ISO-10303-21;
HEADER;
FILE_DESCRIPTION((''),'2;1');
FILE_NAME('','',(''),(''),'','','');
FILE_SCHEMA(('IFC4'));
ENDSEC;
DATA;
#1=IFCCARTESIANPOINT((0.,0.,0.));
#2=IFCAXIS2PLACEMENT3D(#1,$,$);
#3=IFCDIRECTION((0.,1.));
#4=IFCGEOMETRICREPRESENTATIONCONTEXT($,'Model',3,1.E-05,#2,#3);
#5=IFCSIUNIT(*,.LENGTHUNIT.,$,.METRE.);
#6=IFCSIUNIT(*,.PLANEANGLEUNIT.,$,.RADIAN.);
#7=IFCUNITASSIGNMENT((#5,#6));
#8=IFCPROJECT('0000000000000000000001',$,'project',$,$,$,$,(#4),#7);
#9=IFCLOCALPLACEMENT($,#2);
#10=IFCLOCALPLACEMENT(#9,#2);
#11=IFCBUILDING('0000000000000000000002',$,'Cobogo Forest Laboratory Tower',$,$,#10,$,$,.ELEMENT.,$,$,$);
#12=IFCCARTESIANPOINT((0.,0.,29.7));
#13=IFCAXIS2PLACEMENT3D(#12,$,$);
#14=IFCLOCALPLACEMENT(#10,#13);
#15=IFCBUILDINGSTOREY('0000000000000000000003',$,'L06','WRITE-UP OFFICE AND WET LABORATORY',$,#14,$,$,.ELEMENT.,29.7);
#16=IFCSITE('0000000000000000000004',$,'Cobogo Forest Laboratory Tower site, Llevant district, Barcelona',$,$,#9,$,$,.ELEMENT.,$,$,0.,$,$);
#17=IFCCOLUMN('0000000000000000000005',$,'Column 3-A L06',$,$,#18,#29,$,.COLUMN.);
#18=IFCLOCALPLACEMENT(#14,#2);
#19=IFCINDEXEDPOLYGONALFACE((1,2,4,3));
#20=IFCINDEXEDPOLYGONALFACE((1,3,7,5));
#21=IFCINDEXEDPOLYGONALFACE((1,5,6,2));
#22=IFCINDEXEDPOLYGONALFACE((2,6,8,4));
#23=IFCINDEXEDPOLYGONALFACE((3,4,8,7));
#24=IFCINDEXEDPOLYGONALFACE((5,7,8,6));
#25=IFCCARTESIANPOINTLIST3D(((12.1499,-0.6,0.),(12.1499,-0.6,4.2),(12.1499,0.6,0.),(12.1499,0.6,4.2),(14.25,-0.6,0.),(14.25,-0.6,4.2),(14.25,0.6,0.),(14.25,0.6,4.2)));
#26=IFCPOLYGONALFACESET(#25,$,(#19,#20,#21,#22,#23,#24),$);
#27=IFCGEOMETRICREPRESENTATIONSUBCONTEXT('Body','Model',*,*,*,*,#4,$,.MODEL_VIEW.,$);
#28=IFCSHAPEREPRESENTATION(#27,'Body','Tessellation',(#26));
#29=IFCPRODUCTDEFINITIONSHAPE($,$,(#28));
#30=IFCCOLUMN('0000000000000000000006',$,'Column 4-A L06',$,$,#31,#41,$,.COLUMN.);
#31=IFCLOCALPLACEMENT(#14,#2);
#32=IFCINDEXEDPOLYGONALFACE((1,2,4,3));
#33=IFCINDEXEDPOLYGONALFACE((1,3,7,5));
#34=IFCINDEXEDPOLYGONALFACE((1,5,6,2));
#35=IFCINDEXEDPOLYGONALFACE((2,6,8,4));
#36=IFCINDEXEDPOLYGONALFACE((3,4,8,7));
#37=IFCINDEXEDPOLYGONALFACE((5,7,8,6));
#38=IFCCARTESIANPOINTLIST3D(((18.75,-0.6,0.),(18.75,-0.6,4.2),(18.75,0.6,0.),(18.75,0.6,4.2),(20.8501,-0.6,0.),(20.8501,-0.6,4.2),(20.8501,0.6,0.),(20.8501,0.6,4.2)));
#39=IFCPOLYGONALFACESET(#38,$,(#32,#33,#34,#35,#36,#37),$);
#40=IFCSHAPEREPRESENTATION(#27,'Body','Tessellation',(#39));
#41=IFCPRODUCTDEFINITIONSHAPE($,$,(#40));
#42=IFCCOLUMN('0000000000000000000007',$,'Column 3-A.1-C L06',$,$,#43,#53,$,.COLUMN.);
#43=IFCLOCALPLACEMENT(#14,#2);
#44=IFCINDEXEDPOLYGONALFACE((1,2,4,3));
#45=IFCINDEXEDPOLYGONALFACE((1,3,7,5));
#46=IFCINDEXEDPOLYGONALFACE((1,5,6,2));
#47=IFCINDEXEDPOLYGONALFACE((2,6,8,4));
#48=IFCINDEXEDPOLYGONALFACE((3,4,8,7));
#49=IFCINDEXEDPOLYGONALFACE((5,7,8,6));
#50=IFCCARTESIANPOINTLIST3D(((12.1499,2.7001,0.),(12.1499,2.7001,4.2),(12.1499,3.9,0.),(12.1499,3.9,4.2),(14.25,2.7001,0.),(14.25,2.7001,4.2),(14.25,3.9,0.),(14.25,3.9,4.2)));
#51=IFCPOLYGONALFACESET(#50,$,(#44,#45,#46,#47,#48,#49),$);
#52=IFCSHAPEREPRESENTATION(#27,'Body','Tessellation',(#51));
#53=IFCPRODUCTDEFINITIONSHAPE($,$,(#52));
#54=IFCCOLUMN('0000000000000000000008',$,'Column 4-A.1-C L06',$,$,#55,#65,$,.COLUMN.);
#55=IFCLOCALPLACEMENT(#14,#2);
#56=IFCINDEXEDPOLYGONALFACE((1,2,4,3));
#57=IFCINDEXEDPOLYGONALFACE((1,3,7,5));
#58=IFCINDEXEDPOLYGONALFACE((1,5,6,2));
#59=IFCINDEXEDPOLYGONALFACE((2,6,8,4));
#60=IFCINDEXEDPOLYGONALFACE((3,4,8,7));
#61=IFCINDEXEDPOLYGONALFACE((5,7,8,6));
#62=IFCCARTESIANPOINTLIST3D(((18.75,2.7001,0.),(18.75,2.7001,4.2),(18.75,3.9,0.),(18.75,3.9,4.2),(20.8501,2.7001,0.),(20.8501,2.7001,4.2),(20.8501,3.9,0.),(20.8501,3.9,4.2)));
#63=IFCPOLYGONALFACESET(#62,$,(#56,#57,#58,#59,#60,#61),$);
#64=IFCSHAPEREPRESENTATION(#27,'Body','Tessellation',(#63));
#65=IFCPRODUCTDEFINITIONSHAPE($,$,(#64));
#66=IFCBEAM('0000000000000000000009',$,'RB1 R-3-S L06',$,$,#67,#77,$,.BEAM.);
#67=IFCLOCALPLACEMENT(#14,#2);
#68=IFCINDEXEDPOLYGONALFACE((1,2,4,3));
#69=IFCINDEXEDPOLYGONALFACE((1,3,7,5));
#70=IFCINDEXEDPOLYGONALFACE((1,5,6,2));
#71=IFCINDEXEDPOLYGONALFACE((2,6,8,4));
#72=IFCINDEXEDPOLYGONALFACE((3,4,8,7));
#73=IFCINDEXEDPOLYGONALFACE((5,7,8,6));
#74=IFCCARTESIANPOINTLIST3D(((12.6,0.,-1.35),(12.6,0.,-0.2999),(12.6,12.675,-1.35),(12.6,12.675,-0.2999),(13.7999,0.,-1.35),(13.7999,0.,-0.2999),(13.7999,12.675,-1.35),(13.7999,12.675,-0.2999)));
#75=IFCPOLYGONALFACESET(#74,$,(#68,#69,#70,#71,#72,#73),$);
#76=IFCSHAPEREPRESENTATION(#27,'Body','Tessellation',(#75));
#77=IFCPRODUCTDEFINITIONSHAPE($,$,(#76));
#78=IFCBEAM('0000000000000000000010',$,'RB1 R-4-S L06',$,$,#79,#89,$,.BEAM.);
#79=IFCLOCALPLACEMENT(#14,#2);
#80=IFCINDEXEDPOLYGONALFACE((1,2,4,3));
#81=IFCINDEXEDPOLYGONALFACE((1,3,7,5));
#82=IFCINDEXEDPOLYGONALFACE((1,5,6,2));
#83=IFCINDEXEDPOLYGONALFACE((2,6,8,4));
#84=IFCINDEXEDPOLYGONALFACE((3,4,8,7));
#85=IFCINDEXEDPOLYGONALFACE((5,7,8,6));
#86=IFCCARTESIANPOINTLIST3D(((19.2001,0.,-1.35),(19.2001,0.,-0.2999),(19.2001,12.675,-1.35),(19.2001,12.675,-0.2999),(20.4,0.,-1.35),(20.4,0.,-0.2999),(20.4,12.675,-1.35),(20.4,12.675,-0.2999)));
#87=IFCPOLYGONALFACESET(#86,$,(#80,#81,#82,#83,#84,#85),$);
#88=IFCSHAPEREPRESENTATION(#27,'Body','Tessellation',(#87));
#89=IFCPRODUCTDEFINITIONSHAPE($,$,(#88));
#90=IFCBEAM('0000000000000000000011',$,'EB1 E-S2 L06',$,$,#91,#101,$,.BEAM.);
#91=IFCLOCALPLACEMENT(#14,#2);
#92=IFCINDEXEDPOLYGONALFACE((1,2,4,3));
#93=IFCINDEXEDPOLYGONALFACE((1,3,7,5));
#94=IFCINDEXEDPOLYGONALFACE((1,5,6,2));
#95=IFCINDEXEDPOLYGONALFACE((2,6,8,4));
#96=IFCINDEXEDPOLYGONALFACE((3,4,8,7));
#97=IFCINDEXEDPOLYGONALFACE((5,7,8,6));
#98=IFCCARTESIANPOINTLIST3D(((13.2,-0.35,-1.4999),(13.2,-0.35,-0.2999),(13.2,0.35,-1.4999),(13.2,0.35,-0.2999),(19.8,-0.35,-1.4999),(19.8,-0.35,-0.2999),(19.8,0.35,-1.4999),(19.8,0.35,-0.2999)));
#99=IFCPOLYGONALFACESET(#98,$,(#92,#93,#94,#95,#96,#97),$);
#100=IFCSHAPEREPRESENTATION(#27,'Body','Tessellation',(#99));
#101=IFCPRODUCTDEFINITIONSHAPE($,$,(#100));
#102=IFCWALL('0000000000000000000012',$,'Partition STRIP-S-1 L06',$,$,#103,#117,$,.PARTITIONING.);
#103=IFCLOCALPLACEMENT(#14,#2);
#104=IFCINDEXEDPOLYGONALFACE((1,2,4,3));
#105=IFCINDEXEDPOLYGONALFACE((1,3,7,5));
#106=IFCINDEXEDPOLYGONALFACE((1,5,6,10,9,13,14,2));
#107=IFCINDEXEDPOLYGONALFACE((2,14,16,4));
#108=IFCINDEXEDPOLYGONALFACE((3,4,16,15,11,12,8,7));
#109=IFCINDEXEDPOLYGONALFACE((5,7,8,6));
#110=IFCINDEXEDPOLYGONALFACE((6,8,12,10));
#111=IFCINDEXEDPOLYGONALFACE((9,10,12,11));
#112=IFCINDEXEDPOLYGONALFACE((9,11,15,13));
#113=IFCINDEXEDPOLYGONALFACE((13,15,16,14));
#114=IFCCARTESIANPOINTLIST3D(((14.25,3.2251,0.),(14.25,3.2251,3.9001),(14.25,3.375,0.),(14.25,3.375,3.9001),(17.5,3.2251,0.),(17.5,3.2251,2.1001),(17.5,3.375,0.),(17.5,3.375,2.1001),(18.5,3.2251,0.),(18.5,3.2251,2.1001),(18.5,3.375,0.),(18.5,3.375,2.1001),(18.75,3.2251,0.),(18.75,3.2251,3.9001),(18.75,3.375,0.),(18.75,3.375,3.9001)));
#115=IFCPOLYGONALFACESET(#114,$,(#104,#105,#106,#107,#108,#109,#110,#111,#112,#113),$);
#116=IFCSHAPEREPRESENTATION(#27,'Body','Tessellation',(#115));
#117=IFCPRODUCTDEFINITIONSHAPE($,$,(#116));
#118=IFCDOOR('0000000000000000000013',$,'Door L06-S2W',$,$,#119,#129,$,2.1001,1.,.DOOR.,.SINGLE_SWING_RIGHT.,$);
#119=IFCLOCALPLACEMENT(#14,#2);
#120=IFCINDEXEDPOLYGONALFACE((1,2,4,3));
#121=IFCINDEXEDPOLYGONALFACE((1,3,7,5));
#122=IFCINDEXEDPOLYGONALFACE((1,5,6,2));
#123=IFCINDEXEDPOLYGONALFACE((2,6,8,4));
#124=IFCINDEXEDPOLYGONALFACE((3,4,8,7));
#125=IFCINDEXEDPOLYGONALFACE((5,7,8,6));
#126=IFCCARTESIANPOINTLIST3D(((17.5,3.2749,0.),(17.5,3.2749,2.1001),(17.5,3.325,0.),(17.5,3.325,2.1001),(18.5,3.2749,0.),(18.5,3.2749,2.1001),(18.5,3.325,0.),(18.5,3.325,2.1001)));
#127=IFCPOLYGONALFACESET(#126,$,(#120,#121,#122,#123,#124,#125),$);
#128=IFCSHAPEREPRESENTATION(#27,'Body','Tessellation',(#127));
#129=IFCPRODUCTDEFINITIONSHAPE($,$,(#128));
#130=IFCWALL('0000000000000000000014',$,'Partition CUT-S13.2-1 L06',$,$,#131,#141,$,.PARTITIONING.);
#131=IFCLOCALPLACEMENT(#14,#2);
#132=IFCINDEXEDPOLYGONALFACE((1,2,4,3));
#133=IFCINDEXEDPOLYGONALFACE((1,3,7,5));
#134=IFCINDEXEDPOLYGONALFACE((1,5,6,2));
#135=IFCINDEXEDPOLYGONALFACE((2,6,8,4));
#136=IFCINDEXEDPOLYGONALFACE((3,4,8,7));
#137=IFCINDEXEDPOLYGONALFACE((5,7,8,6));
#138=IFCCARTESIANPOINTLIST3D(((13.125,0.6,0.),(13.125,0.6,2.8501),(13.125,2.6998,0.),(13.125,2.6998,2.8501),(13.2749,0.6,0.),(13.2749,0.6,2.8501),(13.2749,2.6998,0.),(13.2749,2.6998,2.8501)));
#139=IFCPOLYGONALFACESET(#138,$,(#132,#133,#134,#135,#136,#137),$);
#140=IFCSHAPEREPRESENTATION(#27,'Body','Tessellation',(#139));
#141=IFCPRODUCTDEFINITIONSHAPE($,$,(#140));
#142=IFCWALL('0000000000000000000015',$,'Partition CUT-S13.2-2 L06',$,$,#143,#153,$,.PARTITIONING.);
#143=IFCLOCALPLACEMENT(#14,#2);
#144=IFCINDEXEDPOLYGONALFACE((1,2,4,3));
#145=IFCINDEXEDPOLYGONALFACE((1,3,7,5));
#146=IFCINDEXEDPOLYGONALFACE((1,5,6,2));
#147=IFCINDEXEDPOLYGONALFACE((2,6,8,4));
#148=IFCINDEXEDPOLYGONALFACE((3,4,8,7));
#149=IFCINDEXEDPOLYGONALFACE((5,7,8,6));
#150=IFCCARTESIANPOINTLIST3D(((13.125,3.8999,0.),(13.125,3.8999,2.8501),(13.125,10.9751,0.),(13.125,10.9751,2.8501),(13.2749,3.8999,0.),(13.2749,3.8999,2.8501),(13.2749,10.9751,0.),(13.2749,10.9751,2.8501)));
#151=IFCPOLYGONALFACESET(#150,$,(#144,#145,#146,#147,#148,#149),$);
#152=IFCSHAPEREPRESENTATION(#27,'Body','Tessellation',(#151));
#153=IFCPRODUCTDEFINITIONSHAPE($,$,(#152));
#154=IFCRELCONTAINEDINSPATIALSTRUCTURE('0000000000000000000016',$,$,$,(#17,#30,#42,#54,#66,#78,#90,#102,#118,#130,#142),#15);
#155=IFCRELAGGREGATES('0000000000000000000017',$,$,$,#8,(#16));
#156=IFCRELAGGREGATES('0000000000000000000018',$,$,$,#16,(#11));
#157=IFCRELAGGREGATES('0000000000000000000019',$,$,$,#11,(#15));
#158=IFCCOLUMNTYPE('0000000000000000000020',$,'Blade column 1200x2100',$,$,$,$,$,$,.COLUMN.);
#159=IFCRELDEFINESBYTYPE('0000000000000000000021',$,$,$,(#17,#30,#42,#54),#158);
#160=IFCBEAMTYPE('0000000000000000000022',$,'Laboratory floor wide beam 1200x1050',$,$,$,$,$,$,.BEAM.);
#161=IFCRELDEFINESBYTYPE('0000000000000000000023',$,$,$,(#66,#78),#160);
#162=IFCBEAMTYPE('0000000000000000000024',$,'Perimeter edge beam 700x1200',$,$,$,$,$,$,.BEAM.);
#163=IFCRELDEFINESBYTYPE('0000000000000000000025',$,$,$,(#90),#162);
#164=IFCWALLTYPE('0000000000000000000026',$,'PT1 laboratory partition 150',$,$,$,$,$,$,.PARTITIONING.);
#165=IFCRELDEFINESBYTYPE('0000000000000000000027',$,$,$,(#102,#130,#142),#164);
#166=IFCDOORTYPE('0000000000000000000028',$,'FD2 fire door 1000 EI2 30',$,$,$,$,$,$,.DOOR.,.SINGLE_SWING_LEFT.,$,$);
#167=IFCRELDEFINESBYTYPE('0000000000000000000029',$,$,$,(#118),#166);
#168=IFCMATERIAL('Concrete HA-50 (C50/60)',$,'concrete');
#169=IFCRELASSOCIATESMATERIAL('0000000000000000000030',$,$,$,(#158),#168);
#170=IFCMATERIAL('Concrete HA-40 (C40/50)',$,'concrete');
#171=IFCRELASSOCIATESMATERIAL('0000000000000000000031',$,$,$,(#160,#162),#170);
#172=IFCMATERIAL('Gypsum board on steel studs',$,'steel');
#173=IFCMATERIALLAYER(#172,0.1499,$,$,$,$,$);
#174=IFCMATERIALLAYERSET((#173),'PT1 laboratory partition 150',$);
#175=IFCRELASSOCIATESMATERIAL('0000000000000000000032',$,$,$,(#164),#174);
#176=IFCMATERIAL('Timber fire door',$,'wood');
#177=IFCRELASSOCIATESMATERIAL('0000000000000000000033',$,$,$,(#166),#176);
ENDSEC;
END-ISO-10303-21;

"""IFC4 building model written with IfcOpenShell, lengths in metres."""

from ifc_helpers import new_model, si_unit, direction, frame, frame_2d, origin, origin_2d, place, context, subcontext, project, spatial, rectangle, extrude, material, layer, layer_set, material_profile, profile_set, type_object, element, fill, save


model = new_model("IFC4")

# Units and contexts
model_context = context("Model", 3, precision=1e-05, world=origin(), true_north=direction((0.0, 1.0)))
body_context = subcontext(model_context, "Body", "Model", "MODEL_VIEW")
ifc_project = project(units=[si_unit("LENGTHUNIT", "METRE"), si_unit("PLANEANGLEUNIT", "RADIAN")], contexts=[model_context])

# Site, building, storey
site_placement = place(None, origin())
site = spatial("IfcSite", under=ifc_project, at=site_placement, Name="Cobogo Forest Laboratory Tower site, Llevant district, Barcelona", CompositionType="ELEMENT", RefElevation=0.0)
building_placement = place(site_placement, origin())
building = spatial("IfcBuilding", under=site, at=building_placement, Name="Cobogo Forest Laboratory Tower", CompositionType="ELEMENT")
storey_placement = place(building_placement, frame((0.0, 0.0, 29.7)))
storey = spatial("IfcBuildingStorey", under=building, at=storey_placement, Name="L06", Description="WRITE-UP OFFICE AND WET LABORATORY", CompositionType="ELEMENT", Elevation=29.7)

# Columns
ifc_material_1 = material(Name="Concrete HA-50 (C50/60)", Category="concrete")
ifc_material_profile_1 = material_profile(ifc_material_1, rectangle(XDim=2.1001, YDim=1.2, at=origin_2d()), Name="RC 1200x2100")
ifc_profile_set_1 = profile_set([ifc_material_profile_1], Name="Concrete HA-50 (C50/60)")
column_type = type_object("IfcColumnType", Name="Blade column 1200x2100", PredefinedType="COLUMN", material=ifc_profile_set_1)
for number, where, z_axis, x_axis, name in (
    (1, (13.2, 0.0, 0.0), (0.0, 0.0, 1.0), (1.0, 0.0, 0.0), "Column 3-A L06"),
    (2, (19.8, 0.0, 0.0), (0.0, 0.0, 1.0), (1.0, 0.0, 0.0), "Column 4-A L06"),
    (3, (13.2, 3.3, 0.0), (0.0, 0.0, 1.0), (1.0, 0.0, 0.0), "Column 3-A.1-C L06"),
    (4, (19.8, 3.3, 0.0), (0.0, 0.0, 1.0), (1.0, 0.0, 0.0), "Column 4-A.1-C L06"),
):
    element("IfcColumn", number, at=place(storey_placement, frame(where, z_axis=z_axis, x_axis=x_axis)), inside=storey, type_object=column_type, Name=name, PredefinedType="COLUMN", context=body_context, shape_type="SweptSolid", body=[
        extrude(rectangle(XDim=2.1001, YDim=1.2, at=origin_2d()), origin(), (0.0, 0.0, 1.0), 4.2),
    ])

# Beams
ifc_material_2 = material(Name="Concrete HA-40 (C40/50)", Category="concrete")
ifc_material_profile_2 = material_profile(ifc_material_2, rectangle(XDim=1.2, YDim=1.05, at=origin_2d()), Name="RC 1200x1050")
ifc_profile_set_2 = profile_set([ifc_material_profile_2], Name="Concrete HA-40 (C40/50)")
beam_type_1 = type_object("IfcBeamType", Name="Laboratory floor wide beam 1200x1050", PredefinedType="BEAM", material=ifc_profile_set_2)
for number, where, z_axis, x_axis, name in (
    (5, (13.2, 12.675, -0.825), (0.0, -1.0, 0.0), (1.0, 0.0, 0.0), "RB1 R-3-S L06"),
    (6, (19.8, 12.675, -0.825), (0.0, -1.0, 0.0), (1.0, 0.0, 0.0), "RB1 R-4-S L06"),
):
    element("IfcBeam", number, at=place(storey_placement, frame(where, z_axis=z_axis, x_axis=x_axis)), inside=storey, type_object=beam_type_1, Name=name, PredefinedType="BEAM", context=body_context, shape_type="SweptSolid", body=[
        extrude(rectangle(XDim=1.2, YDim=1.05, at=origin_2d()), origin(), (0.0, 0.0, 1.0), 12.675),
    ])
ifc_material_profile_3 = material_profile(ifc_material_2, rectangle(XDim=0.7, YDim=1.2, at=origin_2d()), Name="RC 700x1200")
ifc_profile_set_3 = profile_set([ifc_material_profile_3], Name="Concrete HA-40 (C40/50)")
beam_type_2 = type_object("IfcBeamType", Name="Perimeter edge beam 700x1200", PredefinedType="BEAM", material=ifc_profile_set_3)
beam_placement = place(storey_placement, frame((13.2, 0.0, -0.8999), z_axis=(1.0, 0.0, 0.0), x_axis=(0.0, 1.0, 0.0)))
element("IfcBeam", 7, at=beam_placement, inside=storey, type_object=beam_type_2, Name="EB1 E-S2 L06", PredefinedType="BEAM", context=body_context, shape_type="SweptSolid", body=[
    extrude(rectangle(XDim=0.7, YDim=1.2, at=origin_2d()), origin(), (0.0, 0.0, 1.0), 6.6001),
])

# Wall, opening, door
ifc_material_3 = material(Name="Gypsum board on steel studs", Category="steel")
ifc_layer = layer(ifc_material_3, 0.1499)
ifc_layer_set = layer_set([ifc_layer], Name="PT1 laboratory partition 150")
wall_type = type_object("IfcWallType", Name="PT1 laboratory partition 150", PredefinedType="PARTITIONING", material=ifc_layer_set)
wall_1_placement = place(storey_placement, frame((14.25, 3.3, 0.0), z_axis=(0.0, 0.0, 1.0), x_axis=(1.0, 0.0, 0.0)))
wall_1 = element("IfcWall", 8, at=wall_1_placement, inside=storey, type_object=wall_type, Name="Partition STRIP-S-1 L06", PredefinedType="PARTITIONING", context=body_context, shape_type="SweptSolid", body=[
    extrude(rectangle(XDim=4.5, YDim=0.1499, at=frame_2d((2.25, 0.0))), origin(), (0.0, 0.0, 1.0), 3.9001),
])
opening_placement = place(wall_1_placement, frame((3.25, 0.0, 0.0)))
opening = element("IfcOpeningElement", 9, at=opening_placement, cuts=wall_1, PredefinedType="OPENING", context=body_context, shape_type="SweptSolid", body=[
    extrude(rectangle(XDim=1.0, YDim=2.1001, at=frame_2d((0.5, 1.05))), frame((0.0, 0.085, 0.0), z_axis=(0.0, -1.0, 0.0), x_axis=(1.0, 0.0, 0.0)), (0.0, 0.0, 1.0), 0.1699),
])
ifc_material_4 = material(Name="Timber fire door", Category="wood")
door_type = type_object("IfcDoorType", Name="FD2 fire door 1000 EI2 30", OperationType="SINGLE_SWING_LEFT", PredefinedType="DOOR", material=ifc_material_4)
door_placement = place(opening_placement, origin())
door = element("IfcDoor", 10, at=door_placement, inside=storey, type_object=door_type, Name="Door L06-S2W", OperationType="SINGLE_SWING_RIGHT", OverallHeight=2.1001, OverallWidth=1.0, PredefinedType="DOOR", context=body_context, shape_type="SweptSolid", body=[
    extrude(rectangle(XDim=1.0, YDim=2.1001, at=frame_2d((0.5, 1.05))), frame((0.0, 0.0249, 0.0), z_axis=(0.0, -1.0, 0.0), x_axis=(1.0, 0.0, 0.0)), (0.0, 0.0, 1.0), 0.05),
])
fill(opening, door)

# Walls
wall_2_placement = place(storey_placement, frame((13.2, 0.6001, 0.0), z_axis=(0.0, 0.0, 1.0), x_axis=(0.0, 1.0, 0.0)))
element("IfcWall", 11, at=wall_2_placement, inside=storey, type_object=wall_type, Name="Partition CUT-S13.2-1 L06", PredefinedType="PARTITIONING", context=body_context, shape_type="SweptSolid", body=[
    extrude(rectangle(XDim=2.0999, YDim=0.1499, at=frame_2d((1.0498, 0.0))), origin(), (0.0, 0.0, 1.0), 2.8501),
])
wall_3_placement = place(storey_placement, frame((13.2, 3.8999, 0.0), z_axis=(0.0, 0.0, 1.0), x_axis=(0.0, 1.0, 0.0)))
element("IfcWall", 12, at=wall_3_placement, inside=storey, type_object=wall_type, Name="Partition CUT-S13.2-2 L06", PredefinedType="PARTITIONING", context=body_context, shape_type="SweptSolid", body=[
    extrude(rectangle(XDim=7.0752, YDim=0.1499, at=frame_2d((3.5376, 0.0))), origin(), (0.0, 0.0, 1.0), 2.8501),
])

save(model, "model.ifc")
